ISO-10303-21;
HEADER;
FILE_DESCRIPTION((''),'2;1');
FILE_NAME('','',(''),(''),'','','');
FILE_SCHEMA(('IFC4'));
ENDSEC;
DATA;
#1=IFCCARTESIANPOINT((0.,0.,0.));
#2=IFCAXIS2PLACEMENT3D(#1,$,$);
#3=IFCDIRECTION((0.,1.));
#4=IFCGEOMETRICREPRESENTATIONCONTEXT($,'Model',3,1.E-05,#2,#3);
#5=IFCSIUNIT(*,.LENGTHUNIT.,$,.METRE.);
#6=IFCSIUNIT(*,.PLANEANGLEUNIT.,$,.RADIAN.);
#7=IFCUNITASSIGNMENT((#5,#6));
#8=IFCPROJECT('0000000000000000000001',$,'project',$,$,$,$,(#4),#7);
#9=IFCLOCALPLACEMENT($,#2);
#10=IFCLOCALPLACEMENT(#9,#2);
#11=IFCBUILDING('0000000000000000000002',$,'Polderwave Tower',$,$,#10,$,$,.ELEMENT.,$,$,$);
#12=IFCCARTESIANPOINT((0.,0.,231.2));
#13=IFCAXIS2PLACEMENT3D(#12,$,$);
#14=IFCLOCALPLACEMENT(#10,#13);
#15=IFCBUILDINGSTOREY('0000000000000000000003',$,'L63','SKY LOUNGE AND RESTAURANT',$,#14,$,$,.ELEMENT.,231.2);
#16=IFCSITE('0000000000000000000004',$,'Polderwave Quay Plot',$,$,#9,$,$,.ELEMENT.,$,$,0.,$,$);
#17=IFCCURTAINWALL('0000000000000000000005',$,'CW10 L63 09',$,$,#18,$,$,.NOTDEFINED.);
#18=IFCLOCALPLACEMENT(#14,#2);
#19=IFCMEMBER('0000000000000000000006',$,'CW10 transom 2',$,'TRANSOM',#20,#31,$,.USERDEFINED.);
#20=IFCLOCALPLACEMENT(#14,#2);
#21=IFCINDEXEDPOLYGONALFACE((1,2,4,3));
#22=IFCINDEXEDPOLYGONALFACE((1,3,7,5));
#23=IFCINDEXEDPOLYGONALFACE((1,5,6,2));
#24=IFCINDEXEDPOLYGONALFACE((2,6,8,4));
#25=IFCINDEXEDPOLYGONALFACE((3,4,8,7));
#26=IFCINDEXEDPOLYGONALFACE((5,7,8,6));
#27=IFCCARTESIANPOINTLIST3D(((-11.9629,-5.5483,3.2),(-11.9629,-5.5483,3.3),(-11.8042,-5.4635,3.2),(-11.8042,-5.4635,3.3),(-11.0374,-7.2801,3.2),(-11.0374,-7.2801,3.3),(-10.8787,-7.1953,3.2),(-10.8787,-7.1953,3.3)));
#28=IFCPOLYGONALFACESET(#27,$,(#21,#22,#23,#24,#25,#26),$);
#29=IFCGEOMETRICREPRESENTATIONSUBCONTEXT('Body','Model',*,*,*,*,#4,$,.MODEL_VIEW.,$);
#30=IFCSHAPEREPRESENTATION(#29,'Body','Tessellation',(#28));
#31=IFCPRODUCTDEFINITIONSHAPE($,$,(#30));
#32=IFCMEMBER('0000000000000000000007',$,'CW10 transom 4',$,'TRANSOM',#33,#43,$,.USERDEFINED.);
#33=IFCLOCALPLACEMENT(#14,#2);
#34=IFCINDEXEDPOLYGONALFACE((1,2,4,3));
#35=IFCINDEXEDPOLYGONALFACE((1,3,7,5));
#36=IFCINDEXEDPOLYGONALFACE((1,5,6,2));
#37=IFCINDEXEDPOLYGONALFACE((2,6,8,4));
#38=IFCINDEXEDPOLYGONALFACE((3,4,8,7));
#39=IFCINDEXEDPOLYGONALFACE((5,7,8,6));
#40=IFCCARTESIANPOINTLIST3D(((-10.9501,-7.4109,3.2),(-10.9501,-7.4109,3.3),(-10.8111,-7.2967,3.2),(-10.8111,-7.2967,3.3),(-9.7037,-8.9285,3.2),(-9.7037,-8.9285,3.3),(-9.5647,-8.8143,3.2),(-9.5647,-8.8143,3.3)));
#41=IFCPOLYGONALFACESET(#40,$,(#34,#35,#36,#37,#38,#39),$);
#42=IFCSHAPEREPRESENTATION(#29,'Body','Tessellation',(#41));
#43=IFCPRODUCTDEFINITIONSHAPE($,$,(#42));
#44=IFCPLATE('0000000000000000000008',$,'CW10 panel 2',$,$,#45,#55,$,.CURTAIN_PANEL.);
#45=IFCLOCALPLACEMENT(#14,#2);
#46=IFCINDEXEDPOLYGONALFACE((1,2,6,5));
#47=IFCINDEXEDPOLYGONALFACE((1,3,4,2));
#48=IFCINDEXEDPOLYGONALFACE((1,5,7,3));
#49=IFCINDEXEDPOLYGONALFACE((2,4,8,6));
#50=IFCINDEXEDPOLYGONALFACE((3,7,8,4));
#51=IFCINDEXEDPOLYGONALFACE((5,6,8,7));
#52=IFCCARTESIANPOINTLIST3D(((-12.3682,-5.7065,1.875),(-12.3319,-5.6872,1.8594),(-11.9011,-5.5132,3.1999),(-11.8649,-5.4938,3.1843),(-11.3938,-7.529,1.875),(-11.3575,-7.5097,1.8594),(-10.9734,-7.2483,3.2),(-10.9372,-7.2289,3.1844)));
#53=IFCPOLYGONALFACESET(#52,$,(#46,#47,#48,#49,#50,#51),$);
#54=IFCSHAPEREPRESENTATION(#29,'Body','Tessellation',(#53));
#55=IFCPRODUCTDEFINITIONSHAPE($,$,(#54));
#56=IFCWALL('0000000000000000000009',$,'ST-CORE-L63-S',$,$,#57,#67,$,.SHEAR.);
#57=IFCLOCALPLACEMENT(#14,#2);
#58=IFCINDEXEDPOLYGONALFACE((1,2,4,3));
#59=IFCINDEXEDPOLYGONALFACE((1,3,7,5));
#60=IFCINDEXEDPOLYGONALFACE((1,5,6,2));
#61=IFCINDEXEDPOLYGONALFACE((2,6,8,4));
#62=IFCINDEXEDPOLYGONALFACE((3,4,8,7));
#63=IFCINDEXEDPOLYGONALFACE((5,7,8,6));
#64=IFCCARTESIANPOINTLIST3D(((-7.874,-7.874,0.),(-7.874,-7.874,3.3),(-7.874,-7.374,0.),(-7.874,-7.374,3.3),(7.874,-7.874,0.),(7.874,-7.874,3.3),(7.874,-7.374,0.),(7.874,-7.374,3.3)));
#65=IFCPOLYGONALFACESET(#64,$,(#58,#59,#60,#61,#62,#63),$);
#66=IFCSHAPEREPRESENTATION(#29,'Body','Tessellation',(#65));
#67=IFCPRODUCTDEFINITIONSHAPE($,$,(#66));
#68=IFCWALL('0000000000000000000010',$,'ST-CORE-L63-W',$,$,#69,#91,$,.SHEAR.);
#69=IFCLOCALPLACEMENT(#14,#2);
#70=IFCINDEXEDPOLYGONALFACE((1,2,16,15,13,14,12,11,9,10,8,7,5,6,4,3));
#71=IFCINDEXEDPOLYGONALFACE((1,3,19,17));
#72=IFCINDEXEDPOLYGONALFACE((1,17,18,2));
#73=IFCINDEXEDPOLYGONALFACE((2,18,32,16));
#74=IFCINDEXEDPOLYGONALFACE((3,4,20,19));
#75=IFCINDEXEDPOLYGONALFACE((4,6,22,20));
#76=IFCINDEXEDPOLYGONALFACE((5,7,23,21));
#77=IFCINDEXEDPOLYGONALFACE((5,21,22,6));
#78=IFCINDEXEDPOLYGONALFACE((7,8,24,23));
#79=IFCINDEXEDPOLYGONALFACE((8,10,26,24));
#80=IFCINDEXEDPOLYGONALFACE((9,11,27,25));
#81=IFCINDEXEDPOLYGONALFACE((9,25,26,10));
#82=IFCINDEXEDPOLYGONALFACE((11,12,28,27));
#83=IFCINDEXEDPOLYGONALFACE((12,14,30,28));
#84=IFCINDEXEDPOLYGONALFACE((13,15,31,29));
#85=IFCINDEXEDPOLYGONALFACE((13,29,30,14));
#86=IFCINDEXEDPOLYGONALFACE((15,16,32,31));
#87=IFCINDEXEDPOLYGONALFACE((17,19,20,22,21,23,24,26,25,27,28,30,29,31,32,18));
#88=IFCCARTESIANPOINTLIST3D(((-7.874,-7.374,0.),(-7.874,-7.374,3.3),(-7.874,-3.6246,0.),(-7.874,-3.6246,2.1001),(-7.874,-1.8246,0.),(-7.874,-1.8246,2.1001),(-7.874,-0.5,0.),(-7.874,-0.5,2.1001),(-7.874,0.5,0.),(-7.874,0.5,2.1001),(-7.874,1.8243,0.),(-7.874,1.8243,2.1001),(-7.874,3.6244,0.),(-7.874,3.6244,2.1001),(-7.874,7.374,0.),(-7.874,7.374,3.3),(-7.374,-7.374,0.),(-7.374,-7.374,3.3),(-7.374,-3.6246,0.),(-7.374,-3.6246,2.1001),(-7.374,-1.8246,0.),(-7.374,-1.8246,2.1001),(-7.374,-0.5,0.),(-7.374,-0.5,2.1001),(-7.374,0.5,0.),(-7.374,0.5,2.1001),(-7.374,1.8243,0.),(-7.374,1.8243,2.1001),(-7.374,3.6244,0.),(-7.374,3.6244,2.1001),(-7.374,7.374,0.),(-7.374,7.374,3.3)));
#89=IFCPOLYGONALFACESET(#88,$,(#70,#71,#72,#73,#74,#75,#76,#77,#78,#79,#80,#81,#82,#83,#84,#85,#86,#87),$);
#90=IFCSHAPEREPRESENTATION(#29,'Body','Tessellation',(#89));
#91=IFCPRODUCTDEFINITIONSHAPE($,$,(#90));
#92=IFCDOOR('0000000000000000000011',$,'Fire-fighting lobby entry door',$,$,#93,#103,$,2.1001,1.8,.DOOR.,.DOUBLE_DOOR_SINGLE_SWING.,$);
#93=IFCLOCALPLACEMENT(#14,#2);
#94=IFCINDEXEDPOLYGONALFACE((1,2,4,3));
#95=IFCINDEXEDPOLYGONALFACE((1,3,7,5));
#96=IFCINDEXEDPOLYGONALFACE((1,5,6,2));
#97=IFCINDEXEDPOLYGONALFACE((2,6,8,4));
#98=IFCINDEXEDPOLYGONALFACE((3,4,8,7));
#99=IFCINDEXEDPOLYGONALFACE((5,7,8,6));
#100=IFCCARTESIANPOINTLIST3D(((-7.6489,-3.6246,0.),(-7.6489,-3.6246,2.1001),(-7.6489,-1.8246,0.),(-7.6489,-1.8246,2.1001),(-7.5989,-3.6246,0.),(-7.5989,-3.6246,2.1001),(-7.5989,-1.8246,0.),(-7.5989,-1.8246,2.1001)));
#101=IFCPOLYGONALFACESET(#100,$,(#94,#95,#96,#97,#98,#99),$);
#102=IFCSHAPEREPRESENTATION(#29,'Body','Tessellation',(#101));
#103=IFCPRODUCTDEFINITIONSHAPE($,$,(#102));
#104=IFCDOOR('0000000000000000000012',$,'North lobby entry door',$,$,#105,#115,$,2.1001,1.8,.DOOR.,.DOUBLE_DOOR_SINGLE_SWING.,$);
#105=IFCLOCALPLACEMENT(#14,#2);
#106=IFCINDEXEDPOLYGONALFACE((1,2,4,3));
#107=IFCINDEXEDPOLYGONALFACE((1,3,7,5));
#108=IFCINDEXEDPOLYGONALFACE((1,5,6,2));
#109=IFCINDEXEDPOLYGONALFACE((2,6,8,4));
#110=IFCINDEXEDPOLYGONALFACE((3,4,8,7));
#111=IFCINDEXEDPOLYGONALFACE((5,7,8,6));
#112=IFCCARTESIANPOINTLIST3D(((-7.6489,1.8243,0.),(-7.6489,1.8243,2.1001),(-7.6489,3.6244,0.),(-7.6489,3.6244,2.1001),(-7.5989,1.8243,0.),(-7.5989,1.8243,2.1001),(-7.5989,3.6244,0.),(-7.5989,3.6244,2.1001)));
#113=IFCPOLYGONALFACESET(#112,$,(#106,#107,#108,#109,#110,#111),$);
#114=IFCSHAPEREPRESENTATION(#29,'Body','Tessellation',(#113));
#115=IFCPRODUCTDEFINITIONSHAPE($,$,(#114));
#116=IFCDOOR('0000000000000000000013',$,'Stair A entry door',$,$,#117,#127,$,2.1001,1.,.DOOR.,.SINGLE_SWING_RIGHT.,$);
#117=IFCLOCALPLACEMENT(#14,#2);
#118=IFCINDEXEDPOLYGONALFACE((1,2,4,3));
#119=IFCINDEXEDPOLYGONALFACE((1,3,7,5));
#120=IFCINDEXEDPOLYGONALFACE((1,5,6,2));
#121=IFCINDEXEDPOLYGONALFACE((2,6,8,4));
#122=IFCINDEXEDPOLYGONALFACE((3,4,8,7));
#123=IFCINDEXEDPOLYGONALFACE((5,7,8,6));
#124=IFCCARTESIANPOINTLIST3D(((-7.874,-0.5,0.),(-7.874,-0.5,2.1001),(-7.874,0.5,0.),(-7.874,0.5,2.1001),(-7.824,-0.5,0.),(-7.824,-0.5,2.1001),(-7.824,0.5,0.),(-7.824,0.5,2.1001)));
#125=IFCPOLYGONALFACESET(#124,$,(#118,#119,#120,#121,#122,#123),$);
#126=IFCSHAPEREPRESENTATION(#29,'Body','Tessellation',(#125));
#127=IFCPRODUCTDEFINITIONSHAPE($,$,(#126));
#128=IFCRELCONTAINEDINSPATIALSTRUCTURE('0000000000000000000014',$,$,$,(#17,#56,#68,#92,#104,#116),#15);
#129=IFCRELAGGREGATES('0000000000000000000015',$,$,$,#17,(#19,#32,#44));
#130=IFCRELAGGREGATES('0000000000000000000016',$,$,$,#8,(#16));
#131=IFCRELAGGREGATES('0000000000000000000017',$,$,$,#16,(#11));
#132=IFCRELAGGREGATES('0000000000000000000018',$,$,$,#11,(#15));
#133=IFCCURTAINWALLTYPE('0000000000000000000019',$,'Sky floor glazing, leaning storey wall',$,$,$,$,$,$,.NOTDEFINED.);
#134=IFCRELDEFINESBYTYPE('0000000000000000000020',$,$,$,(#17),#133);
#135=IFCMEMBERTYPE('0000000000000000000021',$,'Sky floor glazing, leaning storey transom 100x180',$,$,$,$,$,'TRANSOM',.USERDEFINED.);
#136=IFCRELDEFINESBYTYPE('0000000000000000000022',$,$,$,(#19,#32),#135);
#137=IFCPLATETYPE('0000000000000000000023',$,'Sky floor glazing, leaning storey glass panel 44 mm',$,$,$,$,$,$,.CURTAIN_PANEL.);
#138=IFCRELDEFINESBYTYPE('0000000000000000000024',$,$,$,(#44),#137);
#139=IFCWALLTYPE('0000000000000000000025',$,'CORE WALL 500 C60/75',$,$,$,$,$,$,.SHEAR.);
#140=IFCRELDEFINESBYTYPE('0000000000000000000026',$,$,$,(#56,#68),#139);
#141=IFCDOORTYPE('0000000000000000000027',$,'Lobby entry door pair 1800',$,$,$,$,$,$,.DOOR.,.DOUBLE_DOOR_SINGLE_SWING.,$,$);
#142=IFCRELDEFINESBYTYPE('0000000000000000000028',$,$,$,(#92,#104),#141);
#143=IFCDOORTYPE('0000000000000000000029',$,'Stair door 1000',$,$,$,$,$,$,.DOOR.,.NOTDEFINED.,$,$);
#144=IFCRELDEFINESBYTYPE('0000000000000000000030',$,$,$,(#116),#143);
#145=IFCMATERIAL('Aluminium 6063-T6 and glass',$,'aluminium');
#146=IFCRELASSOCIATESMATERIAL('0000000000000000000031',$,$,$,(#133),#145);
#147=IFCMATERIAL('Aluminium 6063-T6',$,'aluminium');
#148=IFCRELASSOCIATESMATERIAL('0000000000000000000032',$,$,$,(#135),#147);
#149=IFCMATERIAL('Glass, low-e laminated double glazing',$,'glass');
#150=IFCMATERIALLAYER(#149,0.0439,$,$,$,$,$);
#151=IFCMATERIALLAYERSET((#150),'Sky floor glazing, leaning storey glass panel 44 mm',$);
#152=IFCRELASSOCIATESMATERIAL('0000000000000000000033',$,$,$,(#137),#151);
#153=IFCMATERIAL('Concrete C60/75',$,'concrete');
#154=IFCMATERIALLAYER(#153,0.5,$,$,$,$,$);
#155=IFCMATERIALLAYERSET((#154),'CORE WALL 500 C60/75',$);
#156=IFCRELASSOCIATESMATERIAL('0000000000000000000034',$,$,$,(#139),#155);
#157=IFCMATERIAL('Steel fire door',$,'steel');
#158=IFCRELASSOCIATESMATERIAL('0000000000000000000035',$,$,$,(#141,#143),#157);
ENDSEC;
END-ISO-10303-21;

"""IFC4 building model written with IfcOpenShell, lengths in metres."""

from ifc_helpers import new_model, si_unit, direction, frame, frame_2d, origin, origin_2d, place, context, subcontext, project, spatial, polyline, rectangle, outline, extrude, material, layer, layer_set, material_profile, profile_set, type_object, element, fill, aggregate, save


model = new_model("IFC4")

# Units and contexts
model_context = context("Model", 3, precision=1e-05, world=origin(), true_north=direction((0.0, 1.0)))
body_context = subcontext(model_context, "Body", "Model", "MODEL_VIEW")
ifc_project = project(units=[si_unit("LENGTHUNIT", "METRE"), si_unit("PLANEANGLEUNIT", "RADIAN")], contexts=[model_context])

# Site, building, storey
site_placement = place(None, origin())
site = spatial("IfcSite", under=ifc_project, at=site_placement, Name="Polderwave Quay Plot", CompositionType="ELEMENT", RefElevation=0.0)
building_placement = place(site_placement, origin())
building = spatial("IfcBuilding", under=site, at=building_placement, Name="Polderwave Tower", CompositionType="ELEMENT")
storey_placement = place(building_placement, frame((0.0, 0.0, 231.2)))
storey = spatial("IfcBuildingStorey", under=building, at=storey_placement, Name="L63", Description="SKY LOUNGE AND RESTAURANT", CompositionType="ELEMENT", Elevation=231.2)

# Curtain wall, members, plate
ifc_material_1 = material(Name="Aluminium 6063-T6 and glass", Category="aluminium")
curtain_wall_type = type_object("IfcCurtainWallType", Name="Sky floor glazing, leaning storey wall", PredefinedType="NOTDEFINED", material=ifc_material_1)
curtain_wall_placement = place(storey_placement, origin())
curtain_wall = element("IfcCurtainWall", 1, at=curtain_wall_placement, inside=storey, type_object=curtain_wall_type, Name="CW10 L63 09", PredefinedType="NOTDEFINED")
ifc_material_2 = material(Name="Aluminium 6063-T6", Category="aluminium")
ifc_material_profile = material_profile(ifc_material_2, rectangle(XDim=0.1799, YDim=0.1001, at=origin_2d()), Name="AL 100x180")
ifc_profile_set = profile_set([ifc_material_profile], Name="Aluminium 6063-T6")
member_type = type_object("IfcMemberType", Name="Sky floor glazing, leaning storey transom 100x180", ElementType="TRANSOM", PredefinedType="USERDEFINED", material=ifc_profile_set)
member_1_placement = place(storey_placement, frame((-11.8835, -5.5059, 3.25), z_axis=(0.471317, -0.881964, 0.0), x_axis=(0.881964, 0.471317, 0.0)))
member_1 = element("IfcMember", 2, at=member_1_placement, type_object=member_type, Name="CW10 transom 2", ObjectType="TRANSOM", PredefinedType="USERDEFINED", context=body_context, shape_type="SweptSolid", body=[
    extrude(rectangle(XDim=0.1799, YDim=0.1001, at=origin_2d()), origin(), (0.0, 0.0, 1.0), 1.9636),
])
member_2_placement = place(storey_placement, frame((-10.8806, -7.3538, 3.25), z_axis=(0.634665, -0.772787, 0.0), x_axis=(0.772787, 0.634665, 0.0)))
member_2 = element("IfcMember", 3, at=member_2_placement, type_object=member_type, Name="CW10 transom 4", ObjectType="TRANSOM", PredefinedType="USERDEFINED", context=body_context, shape_type="SweptSolid", body=[
    extrude(rectangle(XDim=0.1799, YDim=0.1001, at=origin_2d()), origin(), (0.0, 0.0, 1.0), 1.9639),
])
ifc_material_3 = material(Name="Glass, low-e laminated double glazing", Category="glass")
ifc_layer_1 = layer(ifc_material_3, 0.0439)
ifc_layer_set_1 = layer_set([ifc_layer_1], Name="Sky floor glazing, leaning storey glass panel 44 mm")
plate_type = type_object("IfcPlateType", Name="Sky floor glazing, leaning storey glass panel 44 mm", PredefinedType="CURTAIN_PANEL", material=ifc_layer_set_1)
plate_placement = place(storey_placement, frame((-12.3682, -5.7065, 1.875), z_axis=(-0.824439, -0.440791, 0.354971), x_axis=(0.471493, -0.88187, -0.000007)))
plate = element("IfcPlate", 4, at=plate_placement, type_object=plate_type, Name="CW10 panel 2", PredefinedType="CURTAIN_PANEL", context=body_context, shape_type="SweptSolid", body=[
    extrude(outline(polyline([(0.0, 0.0), (2.0666, 0.0), (2.0172, 1.4173), (0.0497, 1.4172), (0.0, 0.0)])), origin(), (0.0, 0.0, -1.0), 0.0439),
])
aggregate(curtain_wall, [member_1, member_2, plate])

# Wall
ifc_material_4 = material(Name="Concrete C60/75", Category="concrete")
ifc_layer_2 = layer(ifc_material_4, 0.5)
ifc_layer_set_2 = layer_set([ifc_layer_2], Name="CORE WALL 500 C60/75")
wall_type_1 = type_object("IfcWallType", Name="CORE WALL 500 C60/75", PredefinedType="SHEAR", material=ifc_layer_set_2)
wall_1_placement = place(storey_placement, frame((-7.874, -7.624, 0.0), z_axis=(0.0, 0.0, 1.0), x_axis=(1.0, 0.0, 0.0)))
element("IfcWall", 5, at=wall_1_placement, inside=storey, type_object=wall_type_1, Name="ST-CORE-L63-S", PredefinedType="SHEAR", context=body_context, shape_type="SweptSolid", body=[
    extrude(rectangle(XDim=15.748, YDim=0.5, at=frame_2d((7.874, 0.0))), origin(), (0.0, 0.0, 1.0), 3.3),
])

# Wall, openings, doors
wall_2_placement = place(storey_placement, frame((-7.624, -7.374, 0.0), z_axis=(0.0, 0.0, 1.0), x_axis=(0.0, 1.0, 0.0)))
wall_2 = element("IfcWall", 6, at=wall_2_placement, inside=storey, type_object=wall_type_1, Name="ST-CORE-L63-W", PredefinedType="SHEAR", context=body_context, shape_type="SweptSolid", body=[
    extrude(rectangle(XDim=14.748, YDim=0.5, at=frame_2d((7.374, 0.0))), origin(), (0.0, 0.0, 1.0), 3.3),
])
opening_1_placement = place(wall_2_placement, frame((6.874, 0.0, 0.0)))
opening_1 = element("IfcOpeningElement", 7, at=opening_1_placement, cuts=wall_2, PredefinedType="OPENING", context=body_context, shape_type="SweptSolid", body=[
    extrude(rectangle(XDim=1.0, YDim=2.1001, at=frame_2d((0.5, 1.05))), frame((0.0, 0.26, 0.0), z_axis=(0.0, -1.0, 0.0), x_axis=(1.0, 0.0, 0.0)), (0.0, 0.0, 1.0), 0.52),
])
opening_2_placement = place(wall_2_placement, frame((3.7495, 0.0, 0.0)))
opening_2 = element("IfcOpeningElement", 8, at=opening_2_placement, cuts=wall_2, PredefinedType="OPENING", context=body_context, shape_type="SweptSolid", body=[
    extrude(rectangle(XDim=1.8, YDim=2.1001, at=frame_2d((0.8999, 1.05))), frame((0.0, 0.26, 0.0), z_axis=(0.0, -1.0, 0.0), x_axis=(1.0, 0.0, 0.0)), (0.0, 0.0, 1.0), 0.52),
])
opening_3_placement = place(wall_2_placement, frame((9.1985, 0.0, 0.0)))
opening_3 = element("IfcOpeningElement", 9, at=opening_3_placement, cuts=wall_2, PredefinedType="OPENING", context=body_context, shape_type="SweptSolid", body=[
    extrude(rectangle(XDim=1.8, YDim=2.1001, at=frame_2d((0.8999, 1.05))), frame((0.0, 0.26, 0.0), z_axis=(0.0, -1.0, 0.0), x_axis=(1.0, 0.0, 0.0)), (0.0, 0.0, 1.0), 0.52),
])
ifc_material_5 = material(Name="Steel fire door", Category="steel")
door_type_1 = type_object("IfcDoorType", Name="Lobby entry door pair 1800", OperationType="DOUBLE_DOOR_SINGLE_SWING", PredefinedType="DOOR", material=ifc_material_5)
door_1_placement = place(opening_2_placement, origin())
door_1 = element("IfcDoor", 10, at=door_1_placement, inside=storey, type_object=door_type_1, Name="Fire-fighting lobby entry door", OperationType="DOUBLE_DOOR_SINGLE_SWING", OverallHeight=2.1001, OverallWidth=1.8, PredefinedType="DOOR", context=body_context, shape_type="SweptSolid", body=[
    extrude(rectangle(XDim=1.8, YDim=2.1001, at=frame_2d((0.8999, 1.05))), frame((0.0, 0.0249, 0.0), z_axis=(0.0, -1.0, 0.0), x_axis=(1.0, 0.0, 0.0)), (0.0, 0.0, 1.0), 0.05),
])
fill(opening_2, door_1)
door_2_placement = place(opening_3_placement, origin())
door_2 = element("IfcDoor", 11, at=door_2_placement, inside=storey, type_object=door_type_1, Name="North lobby entry door", OperationType="DOUBLE_DOOR_SINGLE_SWING", OverallHeight=2.1001, OverallWidth=1.8, PredefinedType="DOOR", context=body_context, shape_type="SweptSolid", body=[
    extrude(rectangle(XDim=1.8, YDim=2.1001, at=frame_2d((0.8999, 1.05))), frame((0.0, 0.0249, 0.0), z_axis=(0.0, -1.0, 0.0), x_axis=(1.0, 0.0, 0.0)), (0.0, 0.0, 1.0), 0.05),
])
fill(opening_3, door_2)
door_type_2 = type_object("IfcDoorType", Name="Stair door 1000", OperationType="NOTDEFINED", PredefinedType="DOOR", material=ifc_material_5)
door_3_placement = place(opening_1_placement, origin())
door_3 = element("IfcDoor", 12, at=door_3_placement, inside=storey, type_object=door_type_2, Name="Stair A entry door", OperationType="SINGLE_SWING_RIGHT", OverallHeight=2.1001, OverallWidth=1.0, PredefinedType="DOOR", context=body_context, shape_type="SweptSolid", body=[
    extrude(rectangle(XDim=1.0, YDim=2.1001, at=frame_2d((0.5, 1.05))), frame((0.0, 0.25, 0.0), z_axis=(0.0, -1.0, 0.0), x_axis=(1.0, 0.0, 0.0)), (0.0, 0.0, 1.0), 0.05),
])
fill(opening_1, door_3)

save(model, "model.ifc")
